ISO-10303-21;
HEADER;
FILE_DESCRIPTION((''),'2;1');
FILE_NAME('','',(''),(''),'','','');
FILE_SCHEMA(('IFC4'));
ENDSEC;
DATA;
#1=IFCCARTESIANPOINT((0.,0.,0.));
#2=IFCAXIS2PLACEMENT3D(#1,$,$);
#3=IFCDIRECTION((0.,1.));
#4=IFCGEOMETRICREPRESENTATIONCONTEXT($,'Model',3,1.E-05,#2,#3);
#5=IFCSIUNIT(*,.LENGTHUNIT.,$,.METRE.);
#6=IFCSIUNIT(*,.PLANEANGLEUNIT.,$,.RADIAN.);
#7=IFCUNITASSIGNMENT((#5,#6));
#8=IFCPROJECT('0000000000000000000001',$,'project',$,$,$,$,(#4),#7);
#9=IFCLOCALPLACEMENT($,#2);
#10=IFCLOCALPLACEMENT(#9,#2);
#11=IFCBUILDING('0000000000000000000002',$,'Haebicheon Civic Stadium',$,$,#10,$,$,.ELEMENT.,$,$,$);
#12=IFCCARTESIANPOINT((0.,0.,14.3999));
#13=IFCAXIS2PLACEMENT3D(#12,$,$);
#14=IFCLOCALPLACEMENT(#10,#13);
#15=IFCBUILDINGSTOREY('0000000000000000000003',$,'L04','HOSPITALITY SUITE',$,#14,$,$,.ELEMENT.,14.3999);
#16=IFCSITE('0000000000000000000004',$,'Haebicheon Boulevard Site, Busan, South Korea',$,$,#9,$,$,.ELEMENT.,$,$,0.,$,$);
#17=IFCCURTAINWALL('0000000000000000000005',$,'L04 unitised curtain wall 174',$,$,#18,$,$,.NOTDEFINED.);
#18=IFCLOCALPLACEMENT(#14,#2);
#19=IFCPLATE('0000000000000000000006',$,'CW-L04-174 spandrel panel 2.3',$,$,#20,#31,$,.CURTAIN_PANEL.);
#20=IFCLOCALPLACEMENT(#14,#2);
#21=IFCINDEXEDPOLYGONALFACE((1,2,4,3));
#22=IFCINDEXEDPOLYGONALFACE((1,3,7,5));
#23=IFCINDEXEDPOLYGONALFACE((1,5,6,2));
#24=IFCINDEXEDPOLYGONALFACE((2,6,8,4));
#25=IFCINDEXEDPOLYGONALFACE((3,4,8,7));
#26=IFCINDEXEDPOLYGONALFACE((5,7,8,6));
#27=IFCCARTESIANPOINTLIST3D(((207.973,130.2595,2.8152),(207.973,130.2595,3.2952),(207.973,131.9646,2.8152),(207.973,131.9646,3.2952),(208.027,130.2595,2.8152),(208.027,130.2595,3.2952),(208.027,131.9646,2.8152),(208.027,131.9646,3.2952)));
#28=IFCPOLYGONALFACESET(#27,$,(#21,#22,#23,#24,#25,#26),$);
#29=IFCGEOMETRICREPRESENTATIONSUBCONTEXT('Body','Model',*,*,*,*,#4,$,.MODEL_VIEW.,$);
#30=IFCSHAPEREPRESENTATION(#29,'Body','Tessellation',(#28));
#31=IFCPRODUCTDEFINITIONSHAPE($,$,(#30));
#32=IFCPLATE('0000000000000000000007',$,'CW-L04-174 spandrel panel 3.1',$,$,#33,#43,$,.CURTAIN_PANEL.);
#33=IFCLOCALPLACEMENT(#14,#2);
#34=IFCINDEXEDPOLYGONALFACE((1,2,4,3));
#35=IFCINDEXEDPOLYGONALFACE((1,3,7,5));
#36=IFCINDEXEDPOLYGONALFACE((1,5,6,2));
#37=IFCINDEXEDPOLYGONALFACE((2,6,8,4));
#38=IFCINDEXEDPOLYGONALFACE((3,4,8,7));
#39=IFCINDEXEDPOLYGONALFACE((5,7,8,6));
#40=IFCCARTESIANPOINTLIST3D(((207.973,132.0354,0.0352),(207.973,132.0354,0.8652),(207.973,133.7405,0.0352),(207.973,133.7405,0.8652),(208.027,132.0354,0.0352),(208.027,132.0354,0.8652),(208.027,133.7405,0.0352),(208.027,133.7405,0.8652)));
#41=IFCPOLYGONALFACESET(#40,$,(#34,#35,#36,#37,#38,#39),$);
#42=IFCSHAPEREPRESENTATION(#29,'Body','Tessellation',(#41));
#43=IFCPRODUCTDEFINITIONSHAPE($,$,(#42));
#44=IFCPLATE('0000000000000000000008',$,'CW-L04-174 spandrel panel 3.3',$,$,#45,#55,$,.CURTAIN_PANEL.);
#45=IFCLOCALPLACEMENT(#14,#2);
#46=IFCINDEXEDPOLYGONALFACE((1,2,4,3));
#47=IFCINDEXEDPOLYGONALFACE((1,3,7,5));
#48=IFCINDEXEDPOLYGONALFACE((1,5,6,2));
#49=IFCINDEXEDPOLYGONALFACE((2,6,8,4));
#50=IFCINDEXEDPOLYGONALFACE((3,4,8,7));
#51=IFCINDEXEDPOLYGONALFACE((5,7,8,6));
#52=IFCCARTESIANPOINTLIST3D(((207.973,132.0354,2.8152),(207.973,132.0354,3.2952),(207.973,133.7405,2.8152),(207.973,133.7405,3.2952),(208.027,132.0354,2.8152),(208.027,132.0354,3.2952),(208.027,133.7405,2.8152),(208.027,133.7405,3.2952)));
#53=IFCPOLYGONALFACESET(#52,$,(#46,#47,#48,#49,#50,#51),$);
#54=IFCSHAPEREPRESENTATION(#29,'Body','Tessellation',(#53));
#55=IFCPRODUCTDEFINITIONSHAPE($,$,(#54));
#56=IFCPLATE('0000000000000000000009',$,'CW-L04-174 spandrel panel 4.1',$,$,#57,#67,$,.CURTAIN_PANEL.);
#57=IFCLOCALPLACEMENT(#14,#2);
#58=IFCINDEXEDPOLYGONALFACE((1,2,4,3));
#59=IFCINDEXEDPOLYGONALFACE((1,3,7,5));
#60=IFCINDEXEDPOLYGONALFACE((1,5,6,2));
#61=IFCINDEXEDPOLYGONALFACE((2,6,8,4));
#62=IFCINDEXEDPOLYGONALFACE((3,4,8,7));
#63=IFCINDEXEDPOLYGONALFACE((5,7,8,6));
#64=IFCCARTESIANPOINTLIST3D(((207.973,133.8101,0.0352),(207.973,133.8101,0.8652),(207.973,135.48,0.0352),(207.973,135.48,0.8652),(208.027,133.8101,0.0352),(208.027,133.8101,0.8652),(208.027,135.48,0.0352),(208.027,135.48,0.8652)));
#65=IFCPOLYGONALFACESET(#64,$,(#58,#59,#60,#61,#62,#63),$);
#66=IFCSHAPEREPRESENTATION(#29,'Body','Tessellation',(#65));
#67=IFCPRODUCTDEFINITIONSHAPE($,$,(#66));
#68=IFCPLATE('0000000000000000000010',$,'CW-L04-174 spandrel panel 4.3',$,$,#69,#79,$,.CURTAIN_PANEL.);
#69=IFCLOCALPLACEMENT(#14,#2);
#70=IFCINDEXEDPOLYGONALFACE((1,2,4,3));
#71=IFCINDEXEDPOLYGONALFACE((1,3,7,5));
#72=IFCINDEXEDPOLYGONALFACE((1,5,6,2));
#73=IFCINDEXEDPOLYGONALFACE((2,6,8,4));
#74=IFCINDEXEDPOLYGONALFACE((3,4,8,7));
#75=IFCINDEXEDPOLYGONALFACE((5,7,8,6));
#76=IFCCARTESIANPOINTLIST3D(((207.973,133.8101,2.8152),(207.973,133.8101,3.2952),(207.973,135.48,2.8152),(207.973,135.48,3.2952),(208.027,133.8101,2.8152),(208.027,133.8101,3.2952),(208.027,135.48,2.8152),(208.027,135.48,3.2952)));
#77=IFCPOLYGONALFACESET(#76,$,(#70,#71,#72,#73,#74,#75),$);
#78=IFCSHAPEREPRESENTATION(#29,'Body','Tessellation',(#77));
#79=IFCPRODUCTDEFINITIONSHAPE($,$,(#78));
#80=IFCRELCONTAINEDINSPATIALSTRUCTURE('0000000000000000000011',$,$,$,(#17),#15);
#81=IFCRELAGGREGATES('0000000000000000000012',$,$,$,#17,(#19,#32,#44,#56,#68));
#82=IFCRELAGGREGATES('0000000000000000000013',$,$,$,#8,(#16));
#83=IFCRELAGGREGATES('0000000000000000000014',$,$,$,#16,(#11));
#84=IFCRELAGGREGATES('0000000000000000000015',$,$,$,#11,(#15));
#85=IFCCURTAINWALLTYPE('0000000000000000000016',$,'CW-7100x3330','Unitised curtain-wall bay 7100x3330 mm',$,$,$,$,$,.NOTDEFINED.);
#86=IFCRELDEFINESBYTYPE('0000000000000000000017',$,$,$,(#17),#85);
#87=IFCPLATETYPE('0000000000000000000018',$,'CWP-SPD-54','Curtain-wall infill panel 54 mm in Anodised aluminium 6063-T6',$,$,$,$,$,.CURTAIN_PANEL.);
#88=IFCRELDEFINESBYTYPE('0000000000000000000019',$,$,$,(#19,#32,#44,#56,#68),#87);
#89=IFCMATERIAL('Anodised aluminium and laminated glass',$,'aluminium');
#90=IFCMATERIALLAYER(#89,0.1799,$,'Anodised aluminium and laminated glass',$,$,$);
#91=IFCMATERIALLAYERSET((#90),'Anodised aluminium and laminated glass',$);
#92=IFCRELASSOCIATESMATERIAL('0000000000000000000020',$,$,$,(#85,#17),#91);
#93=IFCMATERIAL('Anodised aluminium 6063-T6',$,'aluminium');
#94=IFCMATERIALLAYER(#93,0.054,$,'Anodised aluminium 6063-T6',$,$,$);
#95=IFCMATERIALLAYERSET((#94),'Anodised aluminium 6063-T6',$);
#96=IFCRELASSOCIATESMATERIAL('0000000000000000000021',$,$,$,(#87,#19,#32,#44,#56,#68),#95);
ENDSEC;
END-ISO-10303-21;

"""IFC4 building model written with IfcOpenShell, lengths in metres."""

from ifc_helpers import new_model, si_unit, direction, frame, origin, origin_2d, place, context, subcontext, project, spatial, rectangle, extrude, material, layer, layer_set, type_object, element, aggregate, save


model = new_model("IFC4")

# Units and contexts
model_context = context("Model", 3, precision=1e-05, world=origin(), true_north=direction((0.0, 1.0)))
body_context = subcontext(model_context, "Body", "Model", "MODEL_VIEW")
ifc_project = project(units=[si_unit("LENGTHUNIT", "METRE"), si_unit("PLANEANGLEUNIT", "RADIAN")], contexts=[model_context])

# Site, building, storey
site_placement = place(None, origin())
site = spatial("IfcSite", under=ifc_project, at=site_placement, Name="Haebicheon Boulevard Site, Busan, South Korea", CompositionType="ELEMENT", RefElevation=0.0)
building_placement = place(site_placement, origin())
building = spatial("IfcBuilding", under=site, at=building_placement, Name="Haebicheon Civic Stadium", CompositionType="ELEMENT")
storey_placement = place(building_placement, frame((0.0, 0.0, 14.3999)))
storey = spatial("IfcBuildingStorey", under=building, at=storey_placement, Name="L04", Description="HOSPITALITY SUITE", CompositionType="ELEMENT", Elevation=14.3999)

# Curtain wall
ifc_material_1 = material(Name="Anodised aluminium and laminated glass", Category="aluminium")
ifc_layer_1 = layer(ifc_material_1, 0.1799, Name="Anodised aluminium and laminated glass")
ifc_layer_set_1 = layer_set([ifc_layer_1], Name="Anodised aluminium and laminated glass")
curtain_wall_type = type_object("IfcCurtainWallType", Name="CW-7100x3330", Description="Unitised curtain-wall bay 7100x3330 mm", PredefinedType="NOTDEFINED", material=ifc_layer_set_1)
curtain_wall_placement = place(storey_placement, origin())
curtain_wall = element("IfcCurtainWall", 1, at=curtain_wall_placement, inside=storey, type_object=curtain_wall_type, material=ifc_layer_set_1, Name="L04 unitised curtain wall 174", PredefinedType="NOTDEFINED")

# Plates
ifc_material_2 = material(Name="Anodised aluminium 6063-T6", Category="aluminium")
ifc_layer_2 = layer(ifc_material_2, 0.054, Name="Anodised aluminium 6063-T6")
ifc_layer_set_2 = layer_set([ifc_layer_2], Name="Anodised aluminium 6063-T6")
plate_type_1 = type_object("IfcPlateType", Name="CWP-SPD-54", Description="Curtain-wall infill panel 54 mm in Anodised aluminium 6063-T6", PredefinedType="CURTAIN_PANEL", material=ifc_layer_set_2)
plate_1_placement = place(storey_placement, frame((208.0, 131.1121, 2.8152), z_axis=(0.0, 0.0, 1.0), x_axis=(0.0, 1.0, 0.0)))
plate_1 = element("IfcPlate", 2, at=plate_1_placement, type_object=plate_type_1, material=ifc_layer_set_2, Name="CW-L04-174 spandrel panel 2.3", PredefinedType="CURTAIN_PANEL", context=body_context, shape_type="SweptSolid", body=[
    extrude(rectangle(XDim=1.7051, YDim=0.054, at=origin_2d()), origin(), (0.0, 0.0, 1.0), 0.48),
])
plate_2_placement = place(storey_placement, frame((208.0, 132.8879, 0.0352), z_axis=(0.0, 0.0, 1.0), x_axis=(0.0, 1.0, 0.0)))
plate_2 = element("IfcPlate", 3, at=plate_2_placement, type_object=plate_type_1, material=ifc_layer_set_2, Name="CW-L04-174 spandrel panel 3.1", PredefinedType="CURTAIN_PANEL", context=body_context, shape_type="SweptSolid", body=[
    extrude(rectangle(XDim=1.7051, YDim=0.054, at=origin_2d()), origin(), (0.0, 0.0, 1.0), 0.8301),
])
plate_3_placement = place(storey_placement, frame((208.0, 132.8879, 2.8152), z_axis=(0.0, 0.0, 1.0), x_axis=(0.0, 1.0, 0.0)))
plate_3 = element("IfcPlate", 4, at=plate_3_placement, type_object=plate_type_1, material=ifc_layer_set_2, Name="CW-L04-174 spandrel panel 3.3", PredefinedType="CURTAIN_PANEL", context=body_context, shape_type="SweptSolid", body=[
    extrude(rectangle(XDim=1.7051, YDim=0.054, at=origin_2d()), origin(), (0.0, 0.0, 1.0), 0.48),
])
plate_4_placement = place(storey_placement, frame((208.0, 134.645, 0.0352), z_axis=(0.0, 0.0, 1.0), x_axis=(0.0, 1.0, 0.0)))
plate_4 = element("IfcPlate", 5, at=plate_4_placement, type_object=plate_type_1, material=ifc_layer_set_2, Name="CW-L04-174 spandrel panel 4.1", PredefinedType="CURTAIN_PANEL", context=body_context, shape_type="SweptSolid", body=[
    extrude(rectangle(XDim=1.6699, YDim=0.054, at=origin_2d()), origin(), (0.0, 0.0, 1.0), 0.8301),
])
plate_5_placement = place(storey_placement, frame((208.0, 134.645, 2.8152), z_axis=(0.0, 0.0, 1.0), x_axis=(0.0, 1.0, 0.0)))
plate_5 = element("IfcPlate", 6, at=plate_5_placement, type_object=plate_type_1, material=ifc_layer_set_2, Name="CW-L04-174 spandrel panel 4.3", PredefinedType="CURTAIN_PANEL", context=body_context, shape_type="SweptSolid", body=[
    extrude(rectangle(XDim=1.6699, YDim=0.054, at=origin_2d()), origin(), (0.0, 0.0, 1.0), 0.48),
])
aggregate(curtain_wall, [plate_1, plate_2, plate_3, plate_4, plate_5])

save(model, "model.ifc")
